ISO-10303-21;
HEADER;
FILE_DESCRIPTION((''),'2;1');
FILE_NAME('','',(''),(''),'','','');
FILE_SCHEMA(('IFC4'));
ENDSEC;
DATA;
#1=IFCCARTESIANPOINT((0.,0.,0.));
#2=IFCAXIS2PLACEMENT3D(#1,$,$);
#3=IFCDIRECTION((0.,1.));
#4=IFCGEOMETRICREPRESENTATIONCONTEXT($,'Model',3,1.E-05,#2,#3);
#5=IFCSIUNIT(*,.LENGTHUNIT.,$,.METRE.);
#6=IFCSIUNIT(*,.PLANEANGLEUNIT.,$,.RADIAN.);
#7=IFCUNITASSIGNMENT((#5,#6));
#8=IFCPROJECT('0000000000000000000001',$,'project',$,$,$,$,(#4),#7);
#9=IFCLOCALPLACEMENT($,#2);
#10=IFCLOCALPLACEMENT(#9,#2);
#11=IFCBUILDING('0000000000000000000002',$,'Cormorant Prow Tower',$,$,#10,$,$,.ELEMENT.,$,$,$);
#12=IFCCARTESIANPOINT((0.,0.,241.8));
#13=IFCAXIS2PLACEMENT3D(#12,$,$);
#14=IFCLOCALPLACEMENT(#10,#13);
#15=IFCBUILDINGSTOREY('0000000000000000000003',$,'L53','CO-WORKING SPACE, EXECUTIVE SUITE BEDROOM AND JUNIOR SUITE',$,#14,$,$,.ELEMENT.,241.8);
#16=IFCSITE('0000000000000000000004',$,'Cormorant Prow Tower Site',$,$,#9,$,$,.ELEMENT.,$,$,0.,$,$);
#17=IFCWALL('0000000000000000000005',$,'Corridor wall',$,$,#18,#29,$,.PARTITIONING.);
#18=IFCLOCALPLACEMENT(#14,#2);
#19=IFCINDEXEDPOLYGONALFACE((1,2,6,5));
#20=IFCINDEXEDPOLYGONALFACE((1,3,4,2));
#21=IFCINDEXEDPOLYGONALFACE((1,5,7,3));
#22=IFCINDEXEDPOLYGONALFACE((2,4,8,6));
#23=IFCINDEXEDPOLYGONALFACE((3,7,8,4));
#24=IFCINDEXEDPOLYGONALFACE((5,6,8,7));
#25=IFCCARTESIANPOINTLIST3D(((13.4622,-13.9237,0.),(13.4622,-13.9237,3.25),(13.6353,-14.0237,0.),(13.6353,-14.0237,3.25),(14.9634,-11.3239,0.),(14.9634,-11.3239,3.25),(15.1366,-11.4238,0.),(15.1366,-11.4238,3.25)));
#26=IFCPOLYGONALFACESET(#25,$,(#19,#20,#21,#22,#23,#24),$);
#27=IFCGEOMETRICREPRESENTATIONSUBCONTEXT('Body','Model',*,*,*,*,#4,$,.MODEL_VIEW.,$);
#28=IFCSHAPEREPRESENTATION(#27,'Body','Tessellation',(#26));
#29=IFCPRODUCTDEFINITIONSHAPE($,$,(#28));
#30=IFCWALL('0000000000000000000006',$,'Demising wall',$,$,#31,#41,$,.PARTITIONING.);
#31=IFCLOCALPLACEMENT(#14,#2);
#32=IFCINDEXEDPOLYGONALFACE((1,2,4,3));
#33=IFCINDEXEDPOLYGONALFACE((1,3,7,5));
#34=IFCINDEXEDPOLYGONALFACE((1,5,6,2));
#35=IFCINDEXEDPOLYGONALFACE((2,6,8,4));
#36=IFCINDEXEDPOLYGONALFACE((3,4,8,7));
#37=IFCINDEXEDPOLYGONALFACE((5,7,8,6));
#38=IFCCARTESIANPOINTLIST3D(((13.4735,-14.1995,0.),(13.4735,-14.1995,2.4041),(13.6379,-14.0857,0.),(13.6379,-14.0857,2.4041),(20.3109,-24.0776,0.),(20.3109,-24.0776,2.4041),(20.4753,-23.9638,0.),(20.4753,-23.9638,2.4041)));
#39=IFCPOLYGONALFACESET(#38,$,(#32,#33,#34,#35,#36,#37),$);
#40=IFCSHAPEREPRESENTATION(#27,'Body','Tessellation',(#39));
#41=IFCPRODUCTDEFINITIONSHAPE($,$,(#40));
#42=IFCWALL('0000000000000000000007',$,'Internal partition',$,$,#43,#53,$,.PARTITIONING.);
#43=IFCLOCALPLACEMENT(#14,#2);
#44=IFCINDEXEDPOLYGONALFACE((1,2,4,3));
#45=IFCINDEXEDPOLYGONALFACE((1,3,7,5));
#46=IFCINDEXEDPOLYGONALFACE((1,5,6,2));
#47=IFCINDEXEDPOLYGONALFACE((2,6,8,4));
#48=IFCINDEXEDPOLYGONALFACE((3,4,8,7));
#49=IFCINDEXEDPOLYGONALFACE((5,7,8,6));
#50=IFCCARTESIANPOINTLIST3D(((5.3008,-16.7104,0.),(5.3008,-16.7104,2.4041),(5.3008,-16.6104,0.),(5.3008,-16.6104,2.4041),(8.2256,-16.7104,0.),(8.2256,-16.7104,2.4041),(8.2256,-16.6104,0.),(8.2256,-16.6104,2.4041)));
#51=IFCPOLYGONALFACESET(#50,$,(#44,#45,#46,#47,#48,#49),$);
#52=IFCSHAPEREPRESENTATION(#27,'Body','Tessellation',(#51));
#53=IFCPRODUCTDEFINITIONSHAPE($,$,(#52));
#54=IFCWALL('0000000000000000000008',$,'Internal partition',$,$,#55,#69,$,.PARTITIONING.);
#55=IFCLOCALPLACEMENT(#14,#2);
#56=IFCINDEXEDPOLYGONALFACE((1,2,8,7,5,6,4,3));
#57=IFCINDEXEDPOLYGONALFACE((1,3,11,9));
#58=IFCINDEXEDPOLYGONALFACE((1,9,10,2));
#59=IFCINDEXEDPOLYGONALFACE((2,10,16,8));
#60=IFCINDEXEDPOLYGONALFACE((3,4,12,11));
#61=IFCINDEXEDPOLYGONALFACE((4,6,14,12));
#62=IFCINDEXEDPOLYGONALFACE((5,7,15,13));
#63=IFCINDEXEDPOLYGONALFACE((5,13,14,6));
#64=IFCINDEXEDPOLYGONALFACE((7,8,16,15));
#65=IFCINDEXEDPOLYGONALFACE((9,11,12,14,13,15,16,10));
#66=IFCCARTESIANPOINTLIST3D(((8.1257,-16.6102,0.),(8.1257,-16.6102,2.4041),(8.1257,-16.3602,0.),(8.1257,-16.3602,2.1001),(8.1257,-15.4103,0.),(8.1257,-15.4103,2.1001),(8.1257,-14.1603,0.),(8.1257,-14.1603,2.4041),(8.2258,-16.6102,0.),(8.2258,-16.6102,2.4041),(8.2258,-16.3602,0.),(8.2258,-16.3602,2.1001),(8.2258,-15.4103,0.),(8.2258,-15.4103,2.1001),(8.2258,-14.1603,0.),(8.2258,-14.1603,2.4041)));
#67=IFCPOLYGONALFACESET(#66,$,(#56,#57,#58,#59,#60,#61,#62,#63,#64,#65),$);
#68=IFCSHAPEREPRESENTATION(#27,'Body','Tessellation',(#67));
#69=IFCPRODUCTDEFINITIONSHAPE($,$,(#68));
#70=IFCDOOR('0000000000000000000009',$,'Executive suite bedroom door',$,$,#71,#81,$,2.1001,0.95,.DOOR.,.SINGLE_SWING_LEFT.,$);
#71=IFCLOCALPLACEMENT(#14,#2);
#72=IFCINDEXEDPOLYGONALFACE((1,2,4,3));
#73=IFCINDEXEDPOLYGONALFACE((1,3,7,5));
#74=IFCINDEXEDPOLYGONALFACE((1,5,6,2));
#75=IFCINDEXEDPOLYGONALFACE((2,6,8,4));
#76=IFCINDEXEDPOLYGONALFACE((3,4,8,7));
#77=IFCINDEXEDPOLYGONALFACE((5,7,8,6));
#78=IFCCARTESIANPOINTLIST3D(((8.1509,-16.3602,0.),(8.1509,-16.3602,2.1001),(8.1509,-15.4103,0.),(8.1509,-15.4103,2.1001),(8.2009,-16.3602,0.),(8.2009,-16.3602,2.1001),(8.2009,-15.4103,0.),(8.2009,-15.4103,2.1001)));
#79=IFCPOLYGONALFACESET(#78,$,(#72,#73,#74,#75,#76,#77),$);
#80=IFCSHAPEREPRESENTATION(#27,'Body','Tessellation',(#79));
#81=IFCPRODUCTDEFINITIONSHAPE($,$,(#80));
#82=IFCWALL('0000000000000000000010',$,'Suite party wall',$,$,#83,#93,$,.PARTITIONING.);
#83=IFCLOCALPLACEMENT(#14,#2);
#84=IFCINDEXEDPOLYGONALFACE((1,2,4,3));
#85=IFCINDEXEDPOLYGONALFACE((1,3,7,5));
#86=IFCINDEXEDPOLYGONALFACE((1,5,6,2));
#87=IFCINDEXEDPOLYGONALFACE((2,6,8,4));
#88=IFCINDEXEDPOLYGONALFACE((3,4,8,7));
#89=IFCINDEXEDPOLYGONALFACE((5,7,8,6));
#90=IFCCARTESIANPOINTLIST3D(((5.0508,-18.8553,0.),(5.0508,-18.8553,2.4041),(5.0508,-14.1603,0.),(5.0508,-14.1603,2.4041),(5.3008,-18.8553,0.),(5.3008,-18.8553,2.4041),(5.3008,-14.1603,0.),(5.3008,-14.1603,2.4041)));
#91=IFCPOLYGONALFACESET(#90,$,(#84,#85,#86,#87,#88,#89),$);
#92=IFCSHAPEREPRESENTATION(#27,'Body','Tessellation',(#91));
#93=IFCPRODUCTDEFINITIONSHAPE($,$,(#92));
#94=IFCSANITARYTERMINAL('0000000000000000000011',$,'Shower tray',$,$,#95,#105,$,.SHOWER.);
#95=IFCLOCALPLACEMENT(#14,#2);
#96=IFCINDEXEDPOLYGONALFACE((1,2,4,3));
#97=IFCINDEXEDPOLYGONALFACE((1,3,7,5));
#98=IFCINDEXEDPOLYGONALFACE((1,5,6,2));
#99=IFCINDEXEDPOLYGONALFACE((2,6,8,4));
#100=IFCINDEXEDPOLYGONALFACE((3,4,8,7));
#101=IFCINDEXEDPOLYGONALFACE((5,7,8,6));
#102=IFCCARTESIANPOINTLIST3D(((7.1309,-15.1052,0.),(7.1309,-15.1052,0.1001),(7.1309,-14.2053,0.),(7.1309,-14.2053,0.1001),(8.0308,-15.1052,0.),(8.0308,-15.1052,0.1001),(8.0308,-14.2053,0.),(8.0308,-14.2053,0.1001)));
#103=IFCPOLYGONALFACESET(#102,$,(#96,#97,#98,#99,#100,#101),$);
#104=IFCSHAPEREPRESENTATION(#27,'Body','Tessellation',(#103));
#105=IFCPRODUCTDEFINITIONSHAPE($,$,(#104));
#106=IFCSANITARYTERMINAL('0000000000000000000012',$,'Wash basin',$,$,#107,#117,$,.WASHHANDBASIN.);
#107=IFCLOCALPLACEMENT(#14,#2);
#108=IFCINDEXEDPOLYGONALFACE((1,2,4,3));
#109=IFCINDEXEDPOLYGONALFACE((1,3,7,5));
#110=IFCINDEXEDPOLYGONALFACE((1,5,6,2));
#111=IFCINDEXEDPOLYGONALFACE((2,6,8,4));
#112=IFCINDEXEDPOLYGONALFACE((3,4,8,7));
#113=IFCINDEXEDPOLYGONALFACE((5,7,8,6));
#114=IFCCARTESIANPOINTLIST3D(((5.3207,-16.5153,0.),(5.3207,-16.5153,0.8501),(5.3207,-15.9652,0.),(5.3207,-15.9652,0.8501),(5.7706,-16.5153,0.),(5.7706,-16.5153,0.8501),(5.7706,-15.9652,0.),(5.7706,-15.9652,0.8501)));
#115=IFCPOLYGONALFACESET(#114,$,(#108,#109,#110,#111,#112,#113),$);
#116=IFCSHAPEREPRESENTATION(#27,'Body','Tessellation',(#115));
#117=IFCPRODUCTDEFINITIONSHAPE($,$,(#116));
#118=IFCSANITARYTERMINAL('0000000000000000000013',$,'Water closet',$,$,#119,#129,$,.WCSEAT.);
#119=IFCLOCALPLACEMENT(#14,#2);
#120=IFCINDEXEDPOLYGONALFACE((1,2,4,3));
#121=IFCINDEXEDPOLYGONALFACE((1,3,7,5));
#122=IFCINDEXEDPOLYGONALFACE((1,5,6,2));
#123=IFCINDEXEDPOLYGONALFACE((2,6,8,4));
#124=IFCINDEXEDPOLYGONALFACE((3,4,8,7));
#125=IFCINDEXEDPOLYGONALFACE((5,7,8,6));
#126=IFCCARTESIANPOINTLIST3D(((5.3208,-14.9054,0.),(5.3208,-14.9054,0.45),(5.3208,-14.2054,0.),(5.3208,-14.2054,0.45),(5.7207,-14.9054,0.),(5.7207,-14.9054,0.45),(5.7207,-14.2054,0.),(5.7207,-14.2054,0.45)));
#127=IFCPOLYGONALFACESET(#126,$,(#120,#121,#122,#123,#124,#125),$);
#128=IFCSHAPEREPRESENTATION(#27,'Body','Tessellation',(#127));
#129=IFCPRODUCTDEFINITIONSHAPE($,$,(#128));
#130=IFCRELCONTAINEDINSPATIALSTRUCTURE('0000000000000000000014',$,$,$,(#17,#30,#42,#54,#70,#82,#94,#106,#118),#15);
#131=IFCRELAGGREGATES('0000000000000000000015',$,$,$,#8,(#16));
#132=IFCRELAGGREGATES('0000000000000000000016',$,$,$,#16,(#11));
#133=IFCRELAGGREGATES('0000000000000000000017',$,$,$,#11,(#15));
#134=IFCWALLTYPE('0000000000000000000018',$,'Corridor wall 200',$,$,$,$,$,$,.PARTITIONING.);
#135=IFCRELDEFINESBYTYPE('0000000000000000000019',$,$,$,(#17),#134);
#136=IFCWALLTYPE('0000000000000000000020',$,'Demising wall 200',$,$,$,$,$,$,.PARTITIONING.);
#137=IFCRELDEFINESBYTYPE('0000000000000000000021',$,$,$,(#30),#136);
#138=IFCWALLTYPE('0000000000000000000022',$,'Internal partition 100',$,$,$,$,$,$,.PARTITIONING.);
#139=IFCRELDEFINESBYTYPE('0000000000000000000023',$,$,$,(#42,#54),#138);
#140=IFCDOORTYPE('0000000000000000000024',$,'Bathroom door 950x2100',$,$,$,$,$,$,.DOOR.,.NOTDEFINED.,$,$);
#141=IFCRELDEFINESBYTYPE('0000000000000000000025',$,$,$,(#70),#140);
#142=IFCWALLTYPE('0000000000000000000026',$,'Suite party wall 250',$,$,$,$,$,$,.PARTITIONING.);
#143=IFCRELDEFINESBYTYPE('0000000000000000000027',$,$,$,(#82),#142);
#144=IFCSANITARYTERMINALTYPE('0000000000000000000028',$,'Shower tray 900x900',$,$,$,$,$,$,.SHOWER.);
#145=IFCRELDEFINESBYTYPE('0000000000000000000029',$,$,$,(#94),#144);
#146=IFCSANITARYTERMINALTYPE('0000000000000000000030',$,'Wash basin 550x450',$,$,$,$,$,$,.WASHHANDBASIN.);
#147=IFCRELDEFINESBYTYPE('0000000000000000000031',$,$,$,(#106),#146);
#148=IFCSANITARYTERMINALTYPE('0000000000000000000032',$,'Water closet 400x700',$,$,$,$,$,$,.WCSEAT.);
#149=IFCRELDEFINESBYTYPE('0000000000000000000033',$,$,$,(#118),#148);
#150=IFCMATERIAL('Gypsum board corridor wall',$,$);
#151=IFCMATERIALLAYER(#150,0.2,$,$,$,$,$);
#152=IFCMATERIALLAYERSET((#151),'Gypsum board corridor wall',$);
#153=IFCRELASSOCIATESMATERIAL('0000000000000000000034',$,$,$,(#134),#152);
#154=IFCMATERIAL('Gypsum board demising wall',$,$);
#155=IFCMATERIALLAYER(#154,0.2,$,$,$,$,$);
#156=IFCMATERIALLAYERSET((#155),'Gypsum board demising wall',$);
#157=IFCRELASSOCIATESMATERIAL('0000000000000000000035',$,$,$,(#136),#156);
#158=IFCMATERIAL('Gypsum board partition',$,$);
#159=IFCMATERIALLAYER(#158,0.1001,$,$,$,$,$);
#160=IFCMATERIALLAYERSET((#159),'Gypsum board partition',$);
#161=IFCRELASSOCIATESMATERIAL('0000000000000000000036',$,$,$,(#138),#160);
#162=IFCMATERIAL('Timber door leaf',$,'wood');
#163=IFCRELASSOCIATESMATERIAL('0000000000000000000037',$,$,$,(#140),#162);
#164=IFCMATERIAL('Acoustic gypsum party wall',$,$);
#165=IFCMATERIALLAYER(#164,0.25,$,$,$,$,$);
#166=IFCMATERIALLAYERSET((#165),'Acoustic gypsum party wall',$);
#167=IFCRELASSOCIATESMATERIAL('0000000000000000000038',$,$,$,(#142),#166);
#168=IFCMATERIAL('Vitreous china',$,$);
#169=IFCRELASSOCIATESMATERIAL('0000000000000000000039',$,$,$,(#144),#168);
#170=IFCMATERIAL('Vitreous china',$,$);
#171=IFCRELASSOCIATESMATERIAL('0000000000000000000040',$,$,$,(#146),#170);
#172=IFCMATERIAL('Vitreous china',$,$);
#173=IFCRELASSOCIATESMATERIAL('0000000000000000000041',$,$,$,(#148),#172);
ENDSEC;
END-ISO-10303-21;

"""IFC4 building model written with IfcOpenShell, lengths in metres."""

from ifc_helpers import new_model, si_unit, direction, frame, frame_2d, origin, origin_2d, place, context, subcontext, project, spatial, rectangle, extrude, material, layer, layer_set, type_object, element, fill, save


model = new_model("IFC4")

# Units and contexts
model_context = context("Model", 3, precision=1e-05, world=origin(), true_north=direction((0.0, 1.0)))
body_context = subcontext(model_context, "Body", "Model", "MODEL_VIEW")
ifc_project = project(units=[si_unit("LENGTHUNIT", "METRE"), si_unit("PLANEANGLEUNIT", "RADIAN")], contexts=[model_context])

# Site, building, storey
site_placement = place(None, origin())
site = spatial("IfcSite", under=ifc_project, at=site_placement, Name="Cormorant Prow Tower Site", CompositionType="ELEMENT", RefElevation=0.0)
building_placement = place(site_placement, origin())
building = spatial("IfcBuilding", under=site, at=building_placement, Name="Cormorant Prow Tower", CompositionType="ELEMENT")
storey_placement = place(building_placement, frame((0.0, 0.0, 241.8)))
storey = spatial("IfcBuildingStorey", under=building, at=storey_placement, Name="L53", Description="CO-WORKING SPACE, EXECUTIVE SUITE BEDROOM AND JUNIOR SUITE", CompositionType="ELEMENT", Elevation=241.8)

# Walls
ifc_material_1 = material(Name="Gypsum board corridor wall")
ifc_layer_1 = layer(ifc_material_1, 0.2)
ifc_layer_set_1 = layer_set([ifc_layer_1], Name="Gypsum board corridor wall")
wall_type_1 = type_object("IfcWallType", Name="Corridor wall 200", PredefinedType="PARTITIONING", material=ifc_layer_set_1)
wall_1_placement = place(storey_placement, frame((13.5488, -13.9736, 0.0), z_axis=(0.0, 0.0, 1.0), x_axis=(0.500049, 0.865997, 0.0)))
element("IfcWall", 1, at=wall_1_placement, inside=storey, type_object=wall_type_1, Name="Corridor wall", PredefinedType="PARTITIONING", context=body_context, shape_type="SweptSolid", body=[
    extrude(rectangle(XDim=3.0022, YDim=0.2, at=frame_2d((1.501, 0.0))), origin(), (0.0, 0.0, 1.0), 3.25),
])
ifc_material_2 = material(Name="Gypsum board demising wall")
ifc_layer_2 = layer(ifc_material_2, 0.2)
ifc_layer_set_2 = layer_set([ifc_layer_2], Name="Gypsum board demising wall")
wall_type_2 = type_object("IfcWallType", Name="Demising wall 200", PredefinedType="PARTITIONING", material=ifc_layer_set_2)
wall_2_placement = place(storey_placement, frame((13.5557, -14.1426, 0.0), z_axis=(0.0, 0.0, 1.0), x_axis=(0.569135, -0.822244, 0.0)))
element("IfcWall", 2, at=wall_2_placement, inside=storey, type_object=wall_type_2, Name="Demising wall", PredefinedType="PARTITIONING", context=body_context, shape_type="SweptSolid", body=[
    extrude(rectangle(XDim=12.0137, YDim=0.2, at=frame_2d((6.0068, 0.0))), origin(), (0.0, 0.0, 1.0), 2.4041),
])
ifc_material_3 = material(Name="Gypsum board partition")
ifc_layer_3 = layer(ifc_material_3, 0.1001)
ifc_layer_set_3 = layer_set([ifc_layer_3], Name="Gypsum board partition")
wall_type_3 = type_object("IfcWallType", Name="Internal partition 100", PredefinedType="PARTITIONING", material=ifc_layer_set_3)
wall_3_placement = place(storey_placement, frame((5.3008, -16.6604, 0.0), z_axis=(0.0, 0.0, 1.0), x_axis=(1.0, 0.0, 0.0)))
element("IfcWall", 3, at=wall_3_placement, inside=storey, type_object=wall_type_3, Name="Internal partition", PredefinedType="PARTITIONING", context=body_context, shape_type="SweptSolid", body=[
    extrude(rectangle(XDim=2.9248, YDim=0.1001, at=frame_2d((1.4624, 0.0))), origin(), (0.0, 0.0, 1.0), 2.4041),
])

# Wall, opening, door
wall_4_placement = place(storey_placement, frame((8.1758, -16.6104, 0.0), z_axis=(0.0, 0.0, 1.0), x_axis=(0.0, 1.0, 0.0)))
wall_4 = element("IfcWall", 4, at=wall_4_placement, inside=storey, type_object=wall_type_3, Name="Internal partition", PredefinedType="PARTITIONING", context=body_context, shape_type="SweptSolid", body=[
    extrude(rectangle(XDim=2.45, YDim=0.1001, at=frame_2d((1.2251, 0.0))), origin(), (0.0, 0.0, 1.0), 2.4041),
])
opening_1_placement = place(wall_4_placement, frame((0.25, 0.0, 0.0)))
opening_1 = element("IfcOpeningElement", 5, at=opening_1_placement, cuts=wall_4, PredefinedType="OPENING", context=body_context, shape_type="SweptSolid", body=[
    extrude(rectangle(XDim=0.95, YDim=2.1001, at=frame_2d((0.4751, 1.05))), frame((0.0, 0.0601, 0.0), z_axis=(0.0, -1.0, 0.0), x_axis=(1.0, 0.0, 0.0)), (0.0, 0.0, 1.0), 0.1201),
])
ifc_material_4 = material(Name="Timber door leaf", Category="wood")
door_type_1 = type_object("IfcDoorType", Name="Bathroom door 950x2100", OperationType="NOTDEFINED", PredefinedType="DOOR", material=ifc_material_4)
door_1_placement = place(opening_1_placement, origin())
door_1 = element("IfcDoor", 6, at=door_1_placement, inside=storey, type_object=door_type_1, Name="Executive suite bedroom door", OperationType="SINGLE_SWING_LEFT", OverallHeight=2.1001, OverallWidth=0.95, PredefinedType="DOOR", context=body_context, shape_type="SweptSolid", body=[
    extrude(rectangle(XDim=0.95, YDim=2.1001, at=frame_2d((0.4751, 1.05))), frame((0.0, 0.0249, 0.0), z_axis=(0.0, -1.0, 0.0), x_axis=(1.0, 0.0, 0.0)), (0.0, 0.0, 1.0), 0.05),
])
fill(opening_1, door_1)

# Wall
ifc_material_5 = material(Name="Acoustic gypsum party wall")
ifc_layer_4 = layer(ifc_material_5, 0.25)
ifc_layer_set_4 = layer_set([ifc_layer_4], Name="Acoustic gypsum party wall")
wall_type_4 = type_object("IfcWallType", Name="Suite party wall 250", PredefinedType="PARTITIONING", material=ifc_layer_set_4)
wall_5_placement = place(storey_placement, frame((5.1758, -18.8555, 0.0), z_axis=(0.0, 0.0, 1.0), x_axis=(0.0, 1.0, 0.0)))
element("IfcWall", 7, at=wall_5_placement, inside=storey, type_object=wall_type_4, Name="Suite party wall", PredefinedType="PARTITIONING", context=body_context, shape_type="SweptSolid", body=[
    extrude(rectangle(XDim=4.6951, YDim=0.25, at=frame_2d((2.3477, 0.0))), origin(), (0.0, 0.0, 1.0), 2.4041),
])

# Sanitary terminals
ifc_material_6 = material(Name="Vitreous china")
sanitary_terminal_type_1 = type_object("IfcSanitaryTerminalType", Name="Shower tray 900x900", PredefinedType="SHOWER", material=ifc_material_6)
sanitary_terminal_1_placement = place(storey_placement, frame((7.5808, -14.6553, 0.0), z_axis=(0.0, 0.0, 1.0), x_axis=(0.0, -1.0, 0.0)))
element("IfcSanitaryTerminal", 8, at=sanitary_terminal_1_placement, inside=storey, type_object=sanitary_terminal_type_1, Name="Shower tray", PredefinedType="SHOWER", context=body_context, shape_type="SweptSolid", body=[
    extrude(rectangle(XDim=0.8999, YDim=0.8999, at=origin_2d()), origin(), (0.0, 0.0, 1.0), 0.1001),
])
ifc_material_7 = material(Name="Vitreous china")
sanitary_terminal_type_2 = type_object("IfcSanitaryTerminalType", Name="Wash basin 550x450", PredefinedType="WASHHANDBASIN", material=ifc_material_7)
sanitary_terminal_2_placement = place(storey_placement, frame((5.5457, -16.2402, 0.0), z_axis=(0.0, 0.0, 1.0), x_axis=(0.0, 1.0, 0.0)))
element("IfcSanitaryTerminal", 9, at=sanitary_terminal_2_placement, inside=storey, type_object=sanitary_terminal_type_2, Name="Wash basin", PredefinedType="WASHHANDBASIN", context=body_context, shape_type="SweptSolid", body=[
    extrude(rectangle(XDim=0.55, YDim=0.45, at=origin_2d()), origin(), (0.0, 0.0, 1.0), 0.8501),
])
ifc_material_8 = material(Name="Vitreous china")
sanitary_terminal_type_3 = type_object("IfcSanitaryTerminalType", Name="Water closet 400x700", PredefinedType="WCSEAT", material=ifc_material_8)
sanitary_terminal_3_placement = place(storey_placement, frame((5.5208, -14.5554, 0.0), z_axis=(0.0, 0.0, 1.0), x_axis=(1.0, 0.0, 0.0)))
element("IfcSanitaryTerminal", 10, at=sanitary_terminal_3_placement, inside=storey, type_object=sanitary_terminal_type_3, Name="Water closet", PredefinedType="WCSEAT", context=body_context, shape_type="SweptSolid", body=[
    extrude(rectangle(XDim=0.3999, YDim=0.7, at=origin_2d()), origin(), (0.0, 0.0, 1.0), 0.45),
])

save(model, "model.ifc")
